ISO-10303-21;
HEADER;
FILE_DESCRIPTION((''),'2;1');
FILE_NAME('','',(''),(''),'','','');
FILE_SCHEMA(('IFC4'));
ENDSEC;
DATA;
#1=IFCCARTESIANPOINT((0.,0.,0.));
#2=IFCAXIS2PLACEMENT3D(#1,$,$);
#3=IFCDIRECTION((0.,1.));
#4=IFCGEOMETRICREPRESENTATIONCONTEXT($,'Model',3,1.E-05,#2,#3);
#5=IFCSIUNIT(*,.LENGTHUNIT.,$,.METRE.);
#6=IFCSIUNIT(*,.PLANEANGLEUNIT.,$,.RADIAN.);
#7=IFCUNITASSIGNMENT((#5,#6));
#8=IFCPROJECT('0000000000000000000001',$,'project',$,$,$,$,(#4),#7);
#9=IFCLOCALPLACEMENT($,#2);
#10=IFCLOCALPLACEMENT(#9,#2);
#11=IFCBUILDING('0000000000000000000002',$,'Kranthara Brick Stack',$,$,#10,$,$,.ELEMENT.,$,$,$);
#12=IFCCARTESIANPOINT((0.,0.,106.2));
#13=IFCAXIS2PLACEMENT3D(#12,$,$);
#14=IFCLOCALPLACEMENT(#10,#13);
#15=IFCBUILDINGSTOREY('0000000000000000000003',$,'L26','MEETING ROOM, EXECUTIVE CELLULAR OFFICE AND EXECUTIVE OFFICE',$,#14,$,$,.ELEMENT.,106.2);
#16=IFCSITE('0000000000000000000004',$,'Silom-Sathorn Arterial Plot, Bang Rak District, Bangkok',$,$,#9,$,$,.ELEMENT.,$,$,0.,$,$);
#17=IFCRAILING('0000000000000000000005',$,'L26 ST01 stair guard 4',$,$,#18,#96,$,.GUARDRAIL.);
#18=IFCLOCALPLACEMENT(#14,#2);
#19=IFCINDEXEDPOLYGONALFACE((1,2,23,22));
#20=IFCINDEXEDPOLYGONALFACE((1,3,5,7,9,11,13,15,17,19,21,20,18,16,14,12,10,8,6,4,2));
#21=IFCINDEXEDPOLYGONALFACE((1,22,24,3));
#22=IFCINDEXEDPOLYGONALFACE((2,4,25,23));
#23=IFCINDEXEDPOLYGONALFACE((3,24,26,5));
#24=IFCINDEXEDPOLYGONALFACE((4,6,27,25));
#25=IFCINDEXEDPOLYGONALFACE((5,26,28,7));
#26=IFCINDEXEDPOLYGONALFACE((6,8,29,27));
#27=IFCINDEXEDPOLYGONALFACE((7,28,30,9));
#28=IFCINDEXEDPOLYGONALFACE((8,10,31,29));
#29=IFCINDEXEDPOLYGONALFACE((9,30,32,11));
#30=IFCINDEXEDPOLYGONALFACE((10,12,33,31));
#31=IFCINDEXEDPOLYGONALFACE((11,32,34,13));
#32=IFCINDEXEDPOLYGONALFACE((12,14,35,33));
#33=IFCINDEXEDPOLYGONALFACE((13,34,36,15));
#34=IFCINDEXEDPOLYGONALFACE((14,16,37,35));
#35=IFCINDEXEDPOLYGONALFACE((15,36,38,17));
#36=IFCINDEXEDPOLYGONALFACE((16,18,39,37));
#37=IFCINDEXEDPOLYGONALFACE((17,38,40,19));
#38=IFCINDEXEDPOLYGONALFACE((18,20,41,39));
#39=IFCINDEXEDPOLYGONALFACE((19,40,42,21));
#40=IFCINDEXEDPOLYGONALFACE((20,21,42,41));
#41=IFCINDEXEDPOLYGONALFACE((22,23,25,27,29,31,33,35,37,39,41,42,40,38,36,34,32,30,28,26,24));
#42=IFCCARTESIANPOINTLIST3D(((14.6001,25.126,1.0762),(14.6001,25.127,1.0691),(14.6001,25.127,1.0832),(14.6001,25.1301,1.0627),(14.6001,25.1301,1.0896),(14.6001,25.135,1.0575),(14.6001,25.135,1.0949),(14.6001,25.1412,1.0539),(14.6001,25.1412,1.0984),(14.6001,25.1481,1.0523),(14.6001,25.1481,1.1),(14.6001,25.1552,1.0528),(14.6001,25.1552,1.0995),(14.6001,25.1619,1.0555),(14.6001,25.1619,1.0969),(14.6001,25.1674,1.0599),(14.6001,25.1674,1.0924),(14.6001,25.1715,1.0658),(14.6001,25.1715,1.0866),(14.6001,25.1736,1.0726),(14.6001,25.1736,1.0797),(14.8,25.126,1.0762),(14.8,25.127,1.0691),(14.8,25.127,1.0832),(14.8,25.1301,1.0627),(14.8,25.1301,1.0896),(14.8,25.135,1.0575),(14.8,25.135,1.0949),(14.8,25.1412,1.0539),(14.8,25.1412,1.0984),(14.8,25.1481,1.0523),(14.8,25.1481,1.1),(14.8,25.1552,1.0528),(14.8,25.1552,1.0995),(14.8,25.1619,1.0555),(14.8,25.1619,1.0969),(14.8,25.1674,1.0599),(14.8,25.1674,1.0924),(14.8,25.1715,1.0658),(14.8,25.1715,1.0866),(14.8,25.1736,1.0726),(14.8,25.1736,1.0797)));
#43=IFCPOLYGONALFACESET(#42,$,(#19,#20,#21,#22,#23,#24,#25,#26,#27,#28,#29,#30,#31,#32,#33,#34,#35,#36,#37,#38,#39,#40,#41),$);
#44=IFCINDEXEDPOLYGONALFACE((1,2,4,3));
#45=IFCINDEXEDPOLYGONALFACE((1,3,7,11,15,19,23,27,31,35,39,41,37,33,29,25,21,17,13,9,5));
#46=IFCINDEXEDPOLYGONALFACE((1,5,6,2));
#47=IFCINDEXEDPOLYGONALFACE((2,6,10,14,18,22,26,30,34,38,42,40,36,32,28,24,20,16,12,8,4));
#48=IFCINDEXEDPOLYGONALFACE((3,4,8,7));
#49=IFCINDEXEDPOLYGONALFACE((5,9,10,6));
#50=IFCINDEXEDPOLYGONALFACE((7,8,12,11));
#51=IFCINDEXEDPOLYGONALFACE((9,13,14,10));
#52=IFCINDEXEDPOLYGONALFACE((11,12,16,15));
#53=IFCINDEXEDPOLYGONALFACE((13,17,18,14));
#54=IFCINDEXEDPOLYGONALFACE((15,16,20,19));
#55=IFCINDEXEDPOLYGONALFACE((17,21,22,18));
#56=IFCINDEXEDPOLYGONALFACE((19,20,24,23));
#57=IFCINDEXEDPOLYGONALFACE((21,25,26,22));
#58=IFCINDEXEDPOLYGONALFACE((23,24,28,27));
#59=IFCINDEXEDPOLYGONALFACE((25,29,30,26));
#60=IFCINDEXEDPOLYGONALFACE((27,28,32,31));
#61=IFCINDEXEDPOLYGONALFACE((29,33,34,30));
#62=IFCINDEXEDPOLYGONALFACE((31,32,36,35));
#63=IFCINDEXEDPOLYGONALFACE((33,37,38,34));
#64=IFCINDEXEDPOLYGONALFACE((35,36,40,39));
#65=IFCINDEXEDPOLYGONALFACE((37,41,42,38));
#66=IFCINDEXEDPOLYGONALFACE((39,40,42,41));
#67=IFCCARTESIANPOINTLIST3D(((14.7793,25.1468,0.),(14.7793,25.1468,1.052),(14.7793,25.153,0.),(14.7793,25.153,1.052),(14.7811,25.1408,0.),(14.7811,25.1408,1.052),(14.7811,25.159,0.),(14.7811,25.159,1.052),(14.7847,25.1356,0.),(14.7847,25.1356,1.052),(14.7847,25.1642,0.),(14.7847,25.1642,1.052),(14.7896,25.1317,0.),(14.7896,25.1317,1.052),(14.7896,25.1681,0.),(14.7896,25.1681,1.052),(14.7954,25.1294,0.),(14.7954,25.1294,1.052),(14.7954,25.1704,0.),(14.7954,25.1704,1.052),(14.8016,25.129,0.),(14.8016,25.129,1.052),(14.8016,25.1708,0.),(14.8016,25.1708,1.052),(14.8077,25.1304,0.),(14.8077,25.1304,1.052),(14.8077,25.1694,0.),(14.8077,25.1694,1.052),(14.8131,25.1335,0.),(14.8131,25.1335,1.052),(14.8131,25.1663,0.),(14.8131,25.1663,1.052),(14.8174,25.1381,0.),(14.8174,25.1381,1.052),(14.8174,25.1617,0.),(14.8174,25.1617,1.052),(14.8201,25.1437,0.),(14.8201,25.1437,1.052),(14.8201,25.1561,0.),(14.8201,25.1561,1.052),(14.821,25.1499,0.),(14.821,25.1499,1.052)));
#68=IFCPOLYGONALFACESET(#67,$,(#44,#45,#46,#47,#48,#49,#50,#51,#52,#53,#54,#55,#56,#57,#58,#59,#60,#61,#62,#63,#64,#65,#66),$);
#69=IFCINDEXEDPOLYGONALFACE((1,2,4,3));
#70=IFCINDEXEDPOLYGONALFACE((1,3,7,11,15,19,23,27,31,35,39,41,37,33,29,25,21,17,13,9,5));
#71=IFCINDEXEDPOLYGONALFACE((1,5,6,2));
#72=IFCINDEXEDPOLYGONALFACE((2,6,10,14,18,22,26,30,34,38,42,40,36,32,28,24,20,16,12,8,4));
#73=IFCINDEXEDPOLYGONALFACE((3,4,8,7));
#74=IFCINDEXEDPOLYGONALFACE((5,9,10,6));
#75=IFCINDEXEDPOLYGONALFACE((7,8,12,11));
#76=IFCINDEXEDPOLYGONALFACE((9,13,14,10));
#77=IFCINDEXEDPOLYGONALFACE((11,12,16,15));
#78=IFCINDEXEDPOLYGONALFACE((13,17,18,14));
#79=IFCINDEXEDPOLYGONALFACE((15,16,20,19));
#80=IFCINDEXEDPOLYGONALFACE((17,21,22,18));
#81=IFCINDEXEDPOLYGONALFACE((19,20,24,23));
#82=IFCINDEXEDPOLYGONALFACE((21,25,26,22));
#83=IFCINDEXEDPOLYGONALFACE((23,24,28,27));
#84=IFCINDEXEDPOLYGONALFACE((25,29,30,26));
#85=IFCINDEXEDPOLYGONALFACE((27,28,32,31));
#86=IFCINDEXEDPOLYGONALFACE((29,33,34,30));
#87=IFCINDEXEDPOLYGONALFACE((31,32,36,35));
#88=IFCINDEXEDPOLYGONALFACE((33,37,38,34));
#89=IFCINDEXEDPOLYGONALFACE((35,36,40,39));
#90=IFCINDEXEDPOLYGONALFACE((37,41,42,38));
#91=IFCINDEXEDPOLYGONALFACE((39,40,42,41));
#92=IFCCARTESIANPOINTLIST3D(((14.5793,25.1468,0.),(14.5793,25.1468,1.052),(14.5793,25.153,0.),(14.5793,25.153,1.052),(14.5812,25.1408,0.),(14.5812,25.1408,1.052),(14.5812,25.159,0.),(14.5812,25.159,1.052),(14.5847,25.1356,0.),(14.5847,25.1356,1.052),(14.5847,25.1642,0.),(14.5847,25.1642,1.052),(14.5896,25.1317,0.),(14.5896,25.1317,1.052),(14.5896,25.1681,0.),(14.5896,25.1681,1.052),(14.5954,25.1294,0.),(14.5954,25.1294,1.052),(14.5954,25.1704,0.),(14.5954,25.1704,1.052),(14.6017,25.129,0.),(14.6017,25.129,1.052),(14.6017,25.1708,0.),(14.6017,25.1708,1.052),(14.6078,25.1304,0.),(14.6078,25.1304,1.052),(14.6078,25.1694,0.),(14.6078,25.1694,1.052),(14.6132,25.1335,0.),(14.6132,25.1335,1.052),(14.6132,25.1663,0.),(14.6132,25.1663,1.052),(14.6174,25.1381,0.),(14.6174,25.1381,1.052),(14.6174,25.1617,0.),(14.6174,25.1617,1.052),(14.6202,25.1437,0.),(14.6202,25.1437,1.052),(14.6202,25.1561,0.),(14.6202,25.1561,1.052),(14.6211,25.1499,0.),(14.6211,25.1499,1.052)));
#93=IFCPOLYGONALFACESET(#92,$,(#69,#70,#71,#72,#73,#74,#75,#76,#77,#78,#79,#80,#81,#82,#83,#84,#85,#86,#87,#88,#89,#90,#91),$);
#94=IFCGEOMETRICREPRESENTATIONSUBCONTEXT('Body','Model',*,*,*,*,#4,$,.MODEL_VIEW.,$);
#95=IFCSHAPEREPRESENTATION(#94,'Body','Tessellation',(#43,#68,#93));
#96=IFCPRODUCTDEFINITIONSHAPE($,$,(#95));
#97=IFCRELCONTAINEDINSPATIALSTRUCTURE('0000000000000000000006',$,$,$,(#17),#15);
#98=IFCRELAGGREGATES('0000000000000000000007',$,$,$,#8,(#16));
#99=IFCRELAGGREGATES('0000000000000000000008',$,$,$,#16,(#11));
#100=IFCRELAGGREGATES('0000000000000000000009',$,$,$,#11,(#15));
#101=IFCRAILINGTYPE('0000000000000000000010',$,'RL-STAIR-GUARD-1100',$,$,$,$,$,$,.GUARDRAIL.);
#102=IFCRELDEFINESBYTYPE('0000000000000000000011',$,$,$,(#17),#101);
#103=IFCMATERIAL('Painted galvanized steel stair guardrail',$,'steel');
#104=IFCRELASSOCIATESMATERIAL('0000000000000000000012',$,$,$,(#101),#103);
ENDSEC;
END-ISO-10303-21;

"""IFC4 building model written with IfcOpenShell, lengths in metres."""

from ifc_helpers import new_model, si_unit, direction, frame, origin, origin_2d, place, context, subcontext, project, spatial, circle, extrude, material, type_object, element, save


model = new_model("IFC4")

# Units and contexts
model_context = context("Model", 3, precision=1e-05, world=origin(), true_north=direction((0.0, 1.0)))
body_context = subcontext(model_context, "Body", "Model", "MODEL_VIEW")
ifc_project = project(units=[si_unit("LENGTHUNIT", "METRE"), si_unit("PLANEANGLEUNIT", "RADIAN")], contexts=[model_context])

# Site, building, storey
site_placement = place(None, origin())
site = spatial("IfcSite", under=ifc_project, at=site_placement, Name="Silom-Sathorn Arterial Plot, Bang Rak District, Bangkok", CompositionType="ELEMENT", RefElevation=0.0)
building_placement = place(site_placement, origin())
building = spatial("IfcBuilding", under=site, at=building_placement, Name="Kranthara Brick Stack", CompositionType="ELEMENT")
storey_placement = place(building_placement, frame((0.0, 0.0, 106.2)))
storey = spatial("IfcBuildingStorey", under=building, at=storey_placement, Name="L26", Description="MEETING ROOM, EXECUTIVE CELLULAR OFFICE AND EXECUTIVE OFFICE", CompositionType="ELEMENT", Elevation=106.2)

# Railing
ifc_material_1 = material(Name="Painted galvanized steel stair guardrail", Category="steel")
railing_type_1 = type_object("IfcRailingType", Name="RL-STAIR-GUARD-1100", PredefinedType="GUARDRAIL", material=ifc_material_1)
railing_1_placement = place(storey_placement, frame((14.8, 25.1499, 0.0)))
element("IfcRailing", 1, at=railing_1_placement, inside=storey, type_object=railing_type_1, Name="L26 ST01 stair guard 4", PredefinedType="GUARDRAIL", context=body_context, shape_type="SweptSolid", body=[
    extrude(circle(Radius=0.0239, at=origin_2d()), frame((0.0, 0.0, 1.0762), z_axis=(-1.0, 0.0, 0.0), x_axis=(0.0, -1.0, 0.0)), (0.0, 0.0, 1.0), 0.2),
    extrude(circle(Radius=0.021, at=origin_2d()), origin(), (0.0, 0.0, 1.0), 1.052),
    extrude(circle(Radius=0.021, at=origin_2d()), frame((-0.2, 0.0, 0.0)), (0.0, 0.0, 1.0), 1.052),
])

save(model, "model.ifc")
